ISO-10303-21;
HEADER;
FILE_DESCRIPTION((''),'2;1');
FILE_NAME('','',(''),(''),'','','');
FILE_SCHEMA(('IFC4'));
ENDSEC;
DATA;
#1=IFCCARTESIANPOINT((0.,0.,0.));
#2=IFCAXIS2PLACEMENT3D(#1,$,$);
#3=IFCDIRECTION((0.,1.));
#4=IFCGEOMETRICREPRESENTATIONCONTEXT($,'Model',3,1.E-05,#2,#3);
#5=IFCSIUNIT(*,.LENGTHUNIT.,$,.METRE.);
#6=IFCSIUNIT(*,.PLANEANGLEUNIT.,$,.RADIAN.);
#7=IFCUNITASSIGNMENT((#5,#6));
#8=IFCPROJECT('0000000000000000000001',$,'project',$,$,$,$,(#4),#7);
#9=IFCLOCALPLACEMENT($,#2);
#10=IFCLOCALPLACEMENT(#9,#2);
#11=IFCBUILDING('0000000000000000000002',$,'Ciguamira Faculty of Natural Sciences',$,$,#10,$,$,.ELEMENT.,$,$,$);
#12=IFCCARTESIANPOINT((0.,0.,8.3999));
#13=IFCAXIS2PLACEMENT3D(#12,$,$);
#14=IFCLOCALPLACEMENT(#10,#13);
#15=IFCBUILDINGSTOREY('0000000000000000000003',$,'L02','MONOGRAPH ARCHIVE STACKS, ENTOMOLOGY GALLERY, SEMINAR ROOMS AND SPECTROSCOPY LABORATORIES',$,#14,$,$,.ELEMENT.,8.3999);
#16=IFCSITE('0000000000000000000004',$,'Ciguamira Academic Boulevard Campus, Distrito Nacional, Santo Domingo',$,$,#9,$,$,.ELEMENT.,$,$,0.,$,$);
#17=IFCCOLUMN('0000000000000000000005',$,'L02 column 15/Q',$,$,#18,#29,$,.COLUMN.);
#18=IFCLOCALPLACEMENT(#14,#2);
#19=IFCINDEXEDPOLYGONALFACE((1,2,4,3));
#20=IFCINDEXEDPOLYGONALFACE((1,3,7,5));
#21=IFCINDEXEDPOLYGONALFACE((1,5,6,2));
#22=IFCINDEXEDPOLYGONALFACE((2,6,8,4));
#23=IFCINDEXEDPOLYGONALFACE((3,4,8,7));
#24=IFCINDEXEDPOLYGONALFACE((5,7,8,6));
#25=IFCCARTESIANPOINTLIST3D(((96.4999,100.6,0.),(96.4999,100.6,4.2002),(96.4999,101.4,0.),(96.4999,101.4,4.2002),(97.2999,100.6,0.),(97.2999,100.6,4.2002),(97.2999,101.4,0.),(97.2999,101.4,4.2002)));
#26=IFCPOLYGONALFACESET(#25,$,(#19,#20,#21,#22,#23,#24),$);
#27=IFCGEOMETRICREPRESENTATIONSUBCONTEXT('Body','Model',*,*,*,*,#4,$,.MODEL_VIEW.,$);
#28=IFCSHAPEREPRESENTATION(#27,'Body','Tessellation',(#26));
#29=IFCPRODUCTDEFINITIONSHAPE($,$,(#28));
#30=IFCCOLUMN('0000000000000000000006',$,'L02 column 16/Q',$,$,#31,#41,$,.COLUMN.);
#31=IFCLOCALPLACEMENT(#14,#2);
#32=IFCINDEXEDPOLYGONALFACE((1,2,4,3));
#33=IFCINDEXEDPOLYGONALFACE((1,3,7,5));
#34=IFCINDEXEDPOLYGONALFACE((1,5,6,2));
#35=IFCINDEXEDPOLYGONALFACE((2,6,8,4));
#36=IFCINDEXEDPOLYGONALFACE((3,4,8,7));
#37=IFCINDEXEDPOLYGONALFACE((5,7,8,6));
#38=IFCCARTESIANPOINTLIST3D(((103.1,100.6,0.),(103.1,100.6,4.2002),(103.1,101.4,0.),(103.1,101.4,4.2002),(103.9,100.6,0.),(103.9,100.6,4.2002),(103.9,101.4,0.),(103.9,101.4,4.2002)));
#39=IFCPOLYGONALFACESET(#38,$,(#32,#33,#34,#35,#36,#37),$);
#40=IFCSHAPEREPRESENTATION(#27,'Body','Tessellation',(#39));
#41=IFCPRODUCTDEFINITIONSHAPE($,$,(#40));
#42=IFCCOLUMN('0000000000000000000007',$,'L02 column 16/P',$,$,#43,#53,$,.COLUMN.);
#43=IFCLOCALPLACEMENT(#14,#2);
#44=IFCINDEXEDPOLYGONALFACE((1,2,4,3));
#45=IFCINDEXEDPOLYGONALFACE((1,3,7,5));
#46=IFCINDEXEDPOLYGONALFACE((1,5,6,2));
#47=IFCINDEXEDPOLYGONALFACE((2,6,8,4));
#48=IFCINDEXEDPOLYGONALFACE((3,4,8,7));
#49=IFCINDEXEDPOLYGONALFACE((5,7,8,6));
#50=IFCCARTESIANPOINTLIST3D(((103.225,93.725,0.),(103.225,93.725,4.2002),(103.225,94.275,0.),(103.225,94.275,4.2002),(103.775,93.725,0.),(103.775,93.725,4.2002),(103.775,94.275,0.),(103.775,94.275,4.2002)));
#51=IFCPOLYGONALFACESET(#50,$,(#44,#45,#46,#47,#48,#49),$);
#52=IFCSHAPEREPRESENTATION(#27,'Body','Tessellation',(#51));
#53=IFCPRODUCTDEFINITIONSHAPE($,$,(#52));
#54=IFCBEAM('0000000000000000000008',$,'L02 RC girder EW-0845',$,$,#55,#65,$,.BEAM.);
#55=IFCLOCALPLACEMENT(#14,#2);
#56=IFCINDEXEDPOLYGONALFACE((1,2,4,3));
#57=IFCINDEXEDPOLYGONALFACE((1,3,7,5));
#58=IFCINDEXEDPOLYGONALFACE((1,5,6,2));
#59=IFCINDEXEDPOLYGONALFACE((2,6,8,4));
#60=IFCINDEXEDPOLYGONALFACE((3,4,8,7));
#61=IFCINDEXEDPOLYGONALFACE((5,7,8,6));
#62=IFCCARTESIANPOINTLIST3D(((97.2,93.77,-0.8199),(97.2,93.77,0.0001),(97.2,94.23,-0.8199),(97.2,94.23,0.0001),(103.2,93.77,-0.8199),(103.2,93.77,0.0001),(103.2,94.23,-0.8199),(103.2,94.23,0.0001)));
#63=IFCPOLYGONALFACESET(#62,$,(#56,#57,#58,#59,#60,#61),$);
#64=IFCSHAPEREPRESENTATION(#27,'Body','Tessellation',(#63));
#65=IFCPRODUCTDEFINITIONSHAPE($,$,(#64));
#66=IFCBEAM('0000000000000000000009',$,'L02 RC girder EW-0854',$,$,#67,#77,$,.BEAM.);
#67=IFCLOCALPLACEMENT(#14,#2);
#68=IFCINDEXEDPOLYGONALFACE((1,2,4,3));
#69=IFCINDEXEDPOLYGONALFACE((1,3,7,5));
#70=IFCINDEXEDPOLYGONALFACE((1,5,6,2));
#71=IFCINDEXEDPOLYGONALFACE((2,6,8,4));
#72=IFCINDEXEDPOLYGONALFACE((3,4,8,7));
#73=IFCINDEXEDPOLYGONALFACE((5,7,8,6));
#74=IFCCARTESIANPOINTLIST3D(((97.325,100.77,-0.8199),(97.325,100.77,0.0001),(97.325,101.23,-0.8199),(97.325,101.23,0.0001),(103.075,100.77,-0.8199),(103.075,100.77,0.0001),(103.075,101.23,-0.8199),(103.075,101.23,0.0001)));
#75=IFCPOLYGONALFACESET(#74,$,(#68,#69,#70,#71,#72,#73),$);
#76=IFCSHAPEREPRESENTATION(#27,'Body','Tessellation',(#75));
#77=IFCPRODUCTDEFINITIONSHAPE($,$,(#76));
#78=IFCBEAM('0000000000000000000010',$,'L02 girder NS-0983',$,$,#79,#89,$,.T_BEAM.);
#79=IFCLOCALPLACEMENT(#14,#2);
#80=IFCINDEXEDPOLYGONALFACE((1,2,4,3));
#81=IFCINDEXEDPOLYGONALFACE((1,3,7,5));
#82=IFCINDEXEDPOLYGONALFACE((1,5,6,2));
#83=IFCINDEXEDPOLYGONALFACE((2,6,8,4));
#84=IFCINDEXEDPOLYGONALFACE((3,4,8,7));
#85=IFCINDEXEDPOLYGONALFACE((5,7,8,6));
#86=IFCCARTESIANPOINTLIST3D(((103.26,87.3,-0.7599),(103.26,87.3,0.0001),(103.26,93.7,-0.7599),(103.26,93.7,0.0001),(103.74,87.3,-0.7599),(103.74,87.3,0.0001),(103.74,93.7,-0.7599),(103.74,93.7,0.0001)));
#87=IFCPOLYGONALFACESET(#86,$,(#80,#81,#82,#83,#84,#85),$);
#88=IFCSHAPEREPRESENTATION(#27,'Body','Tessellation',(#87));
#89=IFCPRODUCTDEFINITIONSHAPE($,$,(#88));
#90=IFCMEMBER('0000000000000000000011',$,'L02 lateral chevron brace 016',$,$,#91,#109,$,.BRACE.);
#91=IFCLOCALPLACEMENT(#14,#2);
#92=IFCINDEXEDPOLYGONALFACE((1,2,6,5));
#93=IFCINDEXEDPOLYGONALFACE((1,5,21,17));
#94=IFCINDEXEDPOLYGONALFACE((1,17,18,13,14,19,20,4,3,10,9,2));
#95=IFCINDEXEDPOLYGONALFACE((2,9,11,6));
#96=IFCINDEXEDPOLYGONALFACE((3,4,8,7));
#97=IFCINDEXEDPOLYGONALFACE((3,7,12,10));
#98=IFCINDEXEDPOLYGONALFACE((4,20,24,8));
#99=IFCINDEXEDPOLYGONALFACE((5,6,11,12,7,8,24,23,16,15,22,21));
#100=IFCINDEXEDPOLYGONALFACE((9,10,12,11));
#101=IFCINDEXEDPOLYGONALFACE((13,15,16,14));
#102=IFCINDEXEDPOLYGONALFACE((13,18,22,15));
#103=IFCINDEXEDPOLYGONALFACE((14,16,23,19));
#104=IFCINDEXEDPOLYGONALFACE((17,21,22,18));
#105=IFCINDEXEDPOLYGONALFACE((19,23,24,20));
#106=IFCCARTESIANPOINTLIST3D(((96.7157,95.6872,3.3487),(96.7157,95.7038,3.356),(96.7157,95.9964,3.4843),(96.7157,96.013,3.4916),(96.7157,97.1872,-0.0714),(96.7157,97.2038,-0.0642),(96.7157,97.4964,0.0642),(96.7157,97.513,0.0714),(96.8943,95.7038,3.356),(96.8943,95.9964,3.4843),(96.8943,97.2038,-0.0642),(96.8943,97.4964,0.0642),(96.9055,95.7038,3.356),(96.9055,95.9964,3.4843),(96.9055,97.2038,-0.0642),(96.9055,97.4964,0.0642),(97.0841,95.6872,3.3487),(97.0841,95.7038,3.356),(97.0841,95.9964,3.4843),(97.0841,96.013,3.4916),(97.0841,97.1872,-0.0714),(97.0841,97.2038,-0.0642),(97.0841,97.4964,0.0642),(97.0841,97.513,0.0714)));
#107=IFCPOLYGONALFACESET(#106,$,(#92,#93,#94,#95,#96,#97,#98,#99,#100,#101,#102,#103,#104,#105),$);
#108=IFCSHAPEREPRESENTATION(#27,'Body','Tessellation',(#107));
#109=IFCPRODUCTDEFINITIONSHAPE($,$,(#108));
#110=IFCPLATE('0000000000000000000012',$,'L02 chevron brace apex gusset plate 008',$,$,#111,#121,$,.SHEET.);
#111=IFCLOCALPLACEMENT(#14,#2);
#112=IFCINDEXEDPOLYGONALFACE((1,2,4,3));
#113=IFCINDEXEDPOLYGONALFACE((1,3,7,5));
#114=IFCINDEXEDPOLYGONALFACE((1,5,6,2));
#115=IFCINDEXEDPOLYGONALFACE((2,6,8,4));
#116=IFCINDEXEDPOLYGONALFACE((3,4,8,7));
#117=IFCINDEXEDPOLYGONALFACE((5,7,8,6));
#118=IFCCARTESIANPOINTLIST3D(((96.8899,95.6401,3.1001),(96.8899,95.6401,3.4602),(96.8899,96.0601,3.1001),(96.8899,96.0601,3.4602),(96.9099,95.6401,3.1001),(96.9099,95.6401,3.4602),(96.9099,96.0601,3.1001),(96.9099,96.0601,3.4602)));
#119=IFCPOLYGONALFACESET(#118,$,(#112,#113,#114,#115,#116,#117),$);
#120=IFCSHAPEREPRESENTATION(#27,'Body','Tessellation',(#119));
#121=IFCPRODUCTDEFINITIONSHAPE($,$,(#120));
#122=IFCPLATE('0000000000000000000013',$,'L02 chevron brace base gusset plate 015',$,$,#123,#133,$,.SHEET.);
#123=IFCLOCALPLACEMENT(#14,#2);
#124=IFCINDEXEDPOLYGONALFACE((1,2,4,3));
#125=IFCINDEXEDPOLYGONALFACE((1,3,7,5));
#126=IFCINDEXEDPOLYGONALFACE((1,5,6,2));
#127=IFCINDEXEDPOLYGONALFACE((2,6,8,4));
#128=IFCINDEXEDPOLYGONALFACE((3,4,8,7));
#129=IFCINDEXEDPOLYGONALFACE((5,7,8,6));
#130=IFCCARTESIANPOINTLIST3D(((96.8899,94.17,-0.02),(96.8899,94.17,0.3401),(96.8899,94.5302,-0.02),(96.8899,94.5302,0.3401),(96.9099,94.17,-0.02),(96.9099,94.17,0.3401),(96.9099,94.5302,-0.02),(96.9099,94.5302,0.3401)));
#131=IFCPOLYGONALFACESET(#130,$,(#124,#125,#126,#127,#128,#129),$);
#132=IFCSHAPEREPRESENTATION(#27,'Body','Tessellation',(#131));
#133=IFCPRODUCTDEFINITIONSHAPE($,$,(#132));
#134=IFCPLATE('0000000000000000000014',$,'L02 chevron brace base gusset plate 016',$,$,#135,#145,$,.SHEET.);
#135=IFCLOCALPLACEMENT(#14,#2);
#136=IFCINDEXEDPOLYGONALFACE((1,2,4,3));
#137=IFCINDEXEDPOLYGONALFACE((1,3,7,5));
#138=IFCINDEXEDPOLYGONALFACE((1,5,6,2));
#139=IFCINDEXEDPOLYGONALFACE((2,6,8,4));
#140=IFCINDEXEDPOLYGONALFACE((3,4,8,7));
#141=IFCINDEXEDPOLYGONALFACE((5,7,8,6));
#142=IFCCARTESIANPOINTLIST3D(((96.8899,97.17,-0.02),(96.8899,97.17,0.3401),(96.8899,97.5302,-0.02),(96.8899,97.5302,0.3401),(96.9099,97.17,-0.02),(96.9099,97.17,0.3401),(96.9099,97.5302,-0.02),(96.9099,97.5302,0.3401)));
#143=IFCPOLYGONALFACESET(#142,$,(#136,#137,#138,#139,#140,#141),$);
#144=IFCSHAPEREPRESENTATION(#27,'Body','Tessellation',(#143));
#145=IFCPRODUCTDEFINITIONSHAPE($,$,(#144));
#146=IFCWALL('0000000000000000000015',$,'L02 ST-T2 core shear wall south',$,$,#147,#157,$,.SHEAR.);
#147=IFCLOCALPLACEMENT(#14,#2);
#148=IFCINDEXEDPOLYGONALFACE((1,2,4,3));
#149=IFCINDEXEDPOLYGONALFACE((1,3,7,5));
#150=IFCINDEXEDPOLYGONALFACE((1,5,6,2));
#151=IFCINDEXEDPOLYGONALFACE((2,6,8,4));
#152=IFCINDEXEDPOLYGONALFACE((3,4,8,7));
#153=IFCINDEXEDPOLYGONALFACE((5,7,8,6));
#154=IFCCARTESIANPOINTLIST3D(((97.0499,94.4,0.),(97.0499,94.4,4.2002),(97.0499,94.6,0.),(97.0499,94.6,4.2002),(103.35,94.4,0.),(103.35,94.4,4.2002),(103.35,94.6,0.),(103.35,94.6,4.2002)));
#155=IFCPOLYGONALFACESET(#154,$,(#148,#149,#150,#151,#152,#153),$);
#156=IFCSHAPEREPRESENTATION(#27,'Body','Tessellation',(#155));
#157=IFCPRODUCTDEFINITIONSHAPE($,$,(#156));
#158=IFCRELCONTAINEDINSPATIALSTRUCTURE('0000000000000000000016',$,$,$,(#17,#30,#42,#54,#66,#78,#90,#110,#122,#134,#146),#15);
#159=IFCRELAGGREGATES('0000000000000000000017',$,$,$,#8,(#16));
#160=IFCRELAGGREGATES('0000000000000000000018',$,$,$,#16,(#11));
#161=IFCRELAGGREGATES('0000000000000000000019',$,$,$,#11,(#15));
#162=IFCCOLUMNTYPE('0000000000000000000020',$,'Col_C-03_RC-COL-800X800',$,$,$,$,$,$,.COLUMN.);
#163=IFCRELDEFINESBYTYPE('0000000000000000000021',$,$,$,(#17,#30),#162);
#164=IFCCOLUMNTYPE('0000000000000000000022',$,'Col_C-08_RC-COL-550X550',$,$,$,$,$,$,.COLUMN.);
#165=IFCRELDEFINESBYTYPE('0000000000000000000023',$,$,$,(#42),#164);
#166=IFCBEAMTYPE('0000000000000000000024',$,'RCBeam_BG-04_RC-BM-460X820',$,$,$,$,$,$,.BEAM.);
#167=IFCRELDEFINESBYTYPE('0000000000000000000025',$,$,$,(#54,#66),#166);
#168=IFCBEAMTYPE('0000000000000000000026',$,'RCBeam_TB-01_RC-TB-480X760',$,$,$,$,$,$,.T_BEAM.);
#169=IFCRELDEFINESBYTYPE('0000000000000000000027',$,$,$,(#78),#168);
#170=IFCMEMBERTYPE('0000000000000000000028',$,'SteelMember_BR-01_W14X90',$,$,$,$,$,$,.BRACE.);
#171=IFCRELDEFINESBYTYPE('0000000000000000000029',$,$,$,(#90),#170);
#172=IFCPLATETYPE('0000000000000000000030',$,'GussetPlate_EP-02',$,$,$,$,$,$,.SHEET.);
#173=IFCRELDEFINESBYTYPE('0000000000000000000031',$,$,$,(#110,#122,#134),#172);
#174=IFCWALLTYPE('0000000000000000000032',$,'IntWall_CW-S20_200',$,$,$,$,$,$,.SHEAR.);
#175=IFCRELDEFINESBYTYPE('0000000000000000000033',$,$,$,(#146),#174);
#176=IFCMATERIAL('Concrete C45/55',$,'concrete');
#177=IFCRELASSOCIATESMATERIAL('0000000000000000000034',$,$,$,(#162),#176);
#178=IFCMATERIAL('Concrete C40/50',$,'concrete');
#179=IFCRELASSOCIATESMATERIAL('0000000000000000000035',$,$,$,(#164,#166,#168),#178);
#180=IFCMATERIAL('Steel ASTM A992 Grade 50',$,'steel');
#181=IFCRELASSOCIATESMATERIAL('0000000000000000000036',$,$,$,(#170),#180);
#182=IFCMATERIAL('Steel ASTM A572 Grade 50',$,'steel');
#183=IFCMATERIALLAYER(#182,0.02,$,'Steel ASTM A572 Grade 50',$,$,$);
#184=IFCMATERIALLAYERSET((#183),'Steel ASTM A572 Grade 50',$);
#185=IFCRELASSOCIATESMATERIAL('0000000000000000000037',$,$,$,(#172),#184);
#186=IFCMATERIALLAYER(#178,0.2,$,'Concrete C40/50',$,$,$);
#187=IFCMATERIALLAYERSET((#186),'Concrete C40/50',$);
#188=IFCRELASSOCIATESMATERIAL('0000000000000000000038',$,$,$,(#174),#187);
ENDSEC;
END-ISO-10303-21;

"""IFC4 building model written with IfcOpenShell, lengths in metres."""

from ifc_helpers import new_model, si_unit, direction, frame, frame_2d, origin, origin_2d, place, context, subcontext, project, spatial, rectangle, i_section, extrude, material, layer, layer_set, material_profile, profile_set, type_object, element, save


model = new_model("IFC4")

# Units and contexts
model_context = context("Model", 3, precision=1e-05, world=origin(), true_north=direction((0.0, 1.0)))
body_context = subcontext(model_context, "Body", "Model", "MODEL_VIEW")
ifc_project = project(units=[si_unit("LENGTHUNIT", "METRE"), si_unit("PLANEANGLEUNIT", "RADIAN")], contexts=[model_context])

# Site, building, storey
site_placement = place(None, origin())
site = spatial("IfcSite", under=ifc_project, at=site_placement, Name="Ciguamira Academic Boulevard Campus, Distrito Nacional, Santo Domingo", CompositionType="ELEMENT", RefElevation=0.0)
building_placement = place(site_placement, origin())
building = spatial("IfcBuilding", under=site, at=building_placement, Name="Ciguamira Faculty of Natural Sciences", CompositionType="ELEMENT")
storey_placement = place(building_placement, frame((0.0, 0.0, 8.3999)))
storey = spatial("IfcBuildingStorey", under=building, at=storey_placement, Name="L02", Description="MONOGRAPH ARCHIVE STACKS, ENTOMOLOGY GALLERY, SEMINAR ROOMS AND SPECTROSCOPY LABORATORIES", CompositionType="ELEMENT", Elevation=8.3999)

# Columns
ifc_material_1 = material(Name="Concrete C45/55", Category="concrete")
ifc_material_profile_1 = material_profile(ifc_material_1, rectangle(XDim=0.8, YDim=0.8, at=origin_2d()), Name="RC-COL-800X800")
ifc_profile_set_1 = profile_set([ifc_material_profile_1], Name="Concrete C45/55")
column_type_1 = type_object("IfcColumnType", Name="Col_C-03_RC-COL-800X800", PredefinedType="COLUMN", material=ifc_profile_set_1)
for number, where, z_axis, x_axis, name in (
    (1, (96.8999, 101.0, 0.0), (0.0, 0.0, 1.0), (1.0, 0.0, 0.0), "L02 column 15/Q"),
    (2, (103.5, 101.0, 0.0), (0.0, 0.0, 1.0), (1.0, 0.0, 0.0), "L02 column 16/Q"),
):
    element("IfcColumn", number, at=place(storey_placement, frame(where, z_axis=z_axis, x_axis=x_axis)), inside=storey, type_object=column_type_1, Name=name, PredefinedType="COLUMN", context=body_context, shape_type="SweptSolid", body=[
        extrude(rectangle(XDim=0.8, YDim=0.8, at=origin_2d()), origin(), (0.0, 0.0, 1.0), 4.2002),
    ])
ifc_material_2 = material(Name="Concrete C40/50", Category="concrete")
ifc_material_profile_2 = material_profile(ifc_material_2, rectangle(XDim=0.55, YDim=0.55, at=origin_2d()), Name="RC-COL-550X550")
ifc_profile_set_2 = profile_set([ifc_material_profile_2], Name="Concrete C40/50")
column_type_2 = type_object("IfcColumnType", Name="Col_C-08_RC-COL-550X550", PredefinedType="COLUMN", material=ifc_profile_set_2)
column_placement = place(storey_placement, frame((103.5, 94.0, 0.0), z_axis=(0.0, 0.0, 1.0), x_axis=(1.0, 0.0, 0.0)))
element("IfcColumn", 3, at=column_placement, inside=storey, type_object=column_type_2, Name="L02 column 16/P", PredefinedType="COLUMN", context=body_context, shape_type="SweptSolid", body=[
    extrude(rectangle(XDim=0.55, YDim=0.55, at=origin_2d()), origin(), (0.0, 0.0, 1.0), 4.2002),
])

# Beams
ifc_material_profile_3 = material_profile(ifc_material_2, rectangle(XDim=0.46, YDim=0.8201, at=origin_2d()), Name="RC-BM-460X820")
ifc_profile_set_3 = profile_set([ifc_material_profile_3], Name="Concrete C40/50")
beam_type_1 = type_object("IfcBeamType", Name="RCBeam_BG-04_RC-BM-460X820", PredefinedType="BEAM", material=ifc_profile_set_3)
beam_1_placement = place(storey_placement, frame((97.2, 94.0, -0.4099), z_axis=(1.0, 0.0, 0.0), x_axis=(0.0, 1.0, 0.0)))
element("IfcBeam", 4, at=beam_1_placement, inside=storey, type_object=beam_type_1, Name="L02 RC girder EW-0845", PredefinedType="BEAM", context=body_context, shape_type="SweptSolid", body=[
    extrude(rectangle(XDim=0.46, YDim=0.8201, at=origin_2d()), origin(), (0.0, 0.0, 1.0), 6.0),
])
beam_2_placement = place(storey_placement, frame((97.325, 101.0, -0.4099), z_axis=(1.0, 0.0, 0.0), x_axis=(0.0, 1.0, 0.0)))
element("IfcBeam", 5, at=beam_2_placement, inside=storey, type_object=beam_type_1, Name="L02 RC girder EW-0854", PredefinedType="BEAM", context=body_context, shape_type="SweptSolid", body=[
    extrude(rectangle(XDim=0.46, YDim=0.8201, at=origin_2d()), origin(), (0.0, 0.0, 1.0), 5.75),
])
ifc_material_profile_4 = material_profile(ifc_material_2, rectangle(XDim=0.48, YDim=0.76, at=origin_2d()), Name="RC-TB-480X760")
ifc_profile_set_4 = profile_set([ifc_material_profile_4], Name="Concrete C40/50")
beam_type_2 = type_object("IfcBeamType", Name="RCBeam_TB-01_RC-TB-480X760", PredefinedType="T_BEAM", material=ifc_profile_set_4)
beam_3_placement = place(storey_placement, frame((103.5, 87.3, -0.3799), z_axis=(0.0, 1.0, 0.0), x_axis=(-1.0, 0.0, 0.0)))
element("IfcBeam", 6, at=beam_3_placement, inside=storey, type_object=beam_type_2, Name="L02 girder NS-0983", PredefinedType="T_BEAM", context=body_context, shape_type="SweptSolid", body=[
    extrude(rectangle(XDim=0.48, YDim=0.76, at=origin_2d()), origin(), (0.0, 0.0, 1.0), 6.3999),
])

# Member
ifc_material_3 = material(Name="Steel ASTM A992 Grade 50", Category="steel")
ifc_material_profile_5 = material_profile(ifc_material_3, i_section(OverallWidth=0.3684, OverallDepth=0.3557, WebThickness=0.0112, FlangeThickness=0.0181, at=origin_2d()), Name="W14X90")
ifc_profile_set_5 = profile_set([ifc_material_profile_5], Name="Steel ASTM A992 Grade 50")
member_type = type_object("IfcMemberType", Name="SteelMember_BR-01_W14X90", PredefinedType="BRACE", material=ifc_profile_set_5)
member_placement = place(storey_placement, frame((96.8999, 97.3501, 0.0), z_axis=(0.0, -0.401645, 0.915795), x_axis=(1.0, 0.0, 0.0)))
element("IfcMember", 7, at=member_placement, inside=storey, type_object=member_type, Name="L02 lateral chevron brace 016", PredefinedType="BRACE", context=body_context, shape_type="SweptSolid", body=[
    extrude(i_section(OverallWidth=0.3684, OverallDepth=0.3557, WebThickness=0.0112, FlangeThickness=0.0181, at=origin_2d()), origin(), (0.0, 0.0, 1.0), 3.7346),
])

# Plates
ifc_material_4 = material(Name="Steel ASTM A572 Grade 50", Category="steel")
ifc_layer_1 = layer(ifc_material_4, 0.02, Name="Steel ASTM A572 Grade 50")
ifc_layer_set_1 = layer_set([ifc_layer_1], Name="Steel ASTM A572 Grade 50")
plate_type = type_object("IfcPlateType", Name="GussetPlate_EP-02", PredefinedType="SHEET", material=ifc_layer_set_1)
plate_placement = place(storey_placement, frame((96.8999, 95.8501, 3.1001), z_axis=(0.0, 0.0, 1.0), x_axis=(1.0, 0.0, 0.0)))
element("IfcPlate", 8, at=plate_placement, inside=storey, type_object=plate_type, Name="L02 chevron brace apex gusset plate 008", PredefinedType="SHEET", context=body_context, shape_type="SweptSolid", body=[
    extrude(rectangle(XDim=0.02, YDim=0.4199, at=origin_2d()), origin(), (0.0, 0.0, 1.0), 0.3601),
])
for number, where, z_axis, x_axis, name in (
    (9, (96.8999, 94.3501, -0.02), (0.0, 0.0, 1.0), (1.0, 0.0, 0.0), "L02 chevron brace base gusset plate 015"),
    (10, (96.8999, 97.3501, -0.02), (0.0, 0.0, 1.0), (1.0, 0.0, 0.0), "L02 chevron brace base gusset plate 016"),
):
    element("IfcPlate", number, at=place(storey_placement, frame(where, z_axis=z_axis, x_axis=x_axis)), inside=storey, type_object=plate_type, Name=name, PredefinedType="SHEET", context=body_context, shape_type="SweptSolid", body=[
        extrude(rectangle(XDim=0.02, YDim=0.3601, at=origin_2d()), origin(), (0.0, 0.0, 1.0), 0.3601),
    ])

# Wall
ifc_layer_2 = layer(ifc_material_2, 0.2, Name="Concrete C40/50")
ifc_layer_set_2 = layer_set([ifc_layer_2], Name="Concrete C40/50")
wall_type = type_object("IfcWallType", Name="IntWall_CW-S20_200", PredefinedType="SHEAR", material=ifc_layer_set_2)
wall_1_placement = place(storey_placement, frame((97.05, 94.5, 0.0), z_axis=(0.0, 0.0, 1.0), x_axis=(1.0, 0.0, 0.0)))
element("IfcWall", 11, at=wall_1_placement, inside=storey, type_object=wall_type, Name="L02 ST-T2 core shear wall south", PredefinedType="SHEAR", context=body_context, shape_type="SweptSolid", body=[
    extrude(rectangle(XDim=6.3, YDim=0.2, at=frame_2d((3.1499, 0.0))), origin(), (0.0, 0.0, 1.0), 4.2002),
])

save(model, "model.ifc")
